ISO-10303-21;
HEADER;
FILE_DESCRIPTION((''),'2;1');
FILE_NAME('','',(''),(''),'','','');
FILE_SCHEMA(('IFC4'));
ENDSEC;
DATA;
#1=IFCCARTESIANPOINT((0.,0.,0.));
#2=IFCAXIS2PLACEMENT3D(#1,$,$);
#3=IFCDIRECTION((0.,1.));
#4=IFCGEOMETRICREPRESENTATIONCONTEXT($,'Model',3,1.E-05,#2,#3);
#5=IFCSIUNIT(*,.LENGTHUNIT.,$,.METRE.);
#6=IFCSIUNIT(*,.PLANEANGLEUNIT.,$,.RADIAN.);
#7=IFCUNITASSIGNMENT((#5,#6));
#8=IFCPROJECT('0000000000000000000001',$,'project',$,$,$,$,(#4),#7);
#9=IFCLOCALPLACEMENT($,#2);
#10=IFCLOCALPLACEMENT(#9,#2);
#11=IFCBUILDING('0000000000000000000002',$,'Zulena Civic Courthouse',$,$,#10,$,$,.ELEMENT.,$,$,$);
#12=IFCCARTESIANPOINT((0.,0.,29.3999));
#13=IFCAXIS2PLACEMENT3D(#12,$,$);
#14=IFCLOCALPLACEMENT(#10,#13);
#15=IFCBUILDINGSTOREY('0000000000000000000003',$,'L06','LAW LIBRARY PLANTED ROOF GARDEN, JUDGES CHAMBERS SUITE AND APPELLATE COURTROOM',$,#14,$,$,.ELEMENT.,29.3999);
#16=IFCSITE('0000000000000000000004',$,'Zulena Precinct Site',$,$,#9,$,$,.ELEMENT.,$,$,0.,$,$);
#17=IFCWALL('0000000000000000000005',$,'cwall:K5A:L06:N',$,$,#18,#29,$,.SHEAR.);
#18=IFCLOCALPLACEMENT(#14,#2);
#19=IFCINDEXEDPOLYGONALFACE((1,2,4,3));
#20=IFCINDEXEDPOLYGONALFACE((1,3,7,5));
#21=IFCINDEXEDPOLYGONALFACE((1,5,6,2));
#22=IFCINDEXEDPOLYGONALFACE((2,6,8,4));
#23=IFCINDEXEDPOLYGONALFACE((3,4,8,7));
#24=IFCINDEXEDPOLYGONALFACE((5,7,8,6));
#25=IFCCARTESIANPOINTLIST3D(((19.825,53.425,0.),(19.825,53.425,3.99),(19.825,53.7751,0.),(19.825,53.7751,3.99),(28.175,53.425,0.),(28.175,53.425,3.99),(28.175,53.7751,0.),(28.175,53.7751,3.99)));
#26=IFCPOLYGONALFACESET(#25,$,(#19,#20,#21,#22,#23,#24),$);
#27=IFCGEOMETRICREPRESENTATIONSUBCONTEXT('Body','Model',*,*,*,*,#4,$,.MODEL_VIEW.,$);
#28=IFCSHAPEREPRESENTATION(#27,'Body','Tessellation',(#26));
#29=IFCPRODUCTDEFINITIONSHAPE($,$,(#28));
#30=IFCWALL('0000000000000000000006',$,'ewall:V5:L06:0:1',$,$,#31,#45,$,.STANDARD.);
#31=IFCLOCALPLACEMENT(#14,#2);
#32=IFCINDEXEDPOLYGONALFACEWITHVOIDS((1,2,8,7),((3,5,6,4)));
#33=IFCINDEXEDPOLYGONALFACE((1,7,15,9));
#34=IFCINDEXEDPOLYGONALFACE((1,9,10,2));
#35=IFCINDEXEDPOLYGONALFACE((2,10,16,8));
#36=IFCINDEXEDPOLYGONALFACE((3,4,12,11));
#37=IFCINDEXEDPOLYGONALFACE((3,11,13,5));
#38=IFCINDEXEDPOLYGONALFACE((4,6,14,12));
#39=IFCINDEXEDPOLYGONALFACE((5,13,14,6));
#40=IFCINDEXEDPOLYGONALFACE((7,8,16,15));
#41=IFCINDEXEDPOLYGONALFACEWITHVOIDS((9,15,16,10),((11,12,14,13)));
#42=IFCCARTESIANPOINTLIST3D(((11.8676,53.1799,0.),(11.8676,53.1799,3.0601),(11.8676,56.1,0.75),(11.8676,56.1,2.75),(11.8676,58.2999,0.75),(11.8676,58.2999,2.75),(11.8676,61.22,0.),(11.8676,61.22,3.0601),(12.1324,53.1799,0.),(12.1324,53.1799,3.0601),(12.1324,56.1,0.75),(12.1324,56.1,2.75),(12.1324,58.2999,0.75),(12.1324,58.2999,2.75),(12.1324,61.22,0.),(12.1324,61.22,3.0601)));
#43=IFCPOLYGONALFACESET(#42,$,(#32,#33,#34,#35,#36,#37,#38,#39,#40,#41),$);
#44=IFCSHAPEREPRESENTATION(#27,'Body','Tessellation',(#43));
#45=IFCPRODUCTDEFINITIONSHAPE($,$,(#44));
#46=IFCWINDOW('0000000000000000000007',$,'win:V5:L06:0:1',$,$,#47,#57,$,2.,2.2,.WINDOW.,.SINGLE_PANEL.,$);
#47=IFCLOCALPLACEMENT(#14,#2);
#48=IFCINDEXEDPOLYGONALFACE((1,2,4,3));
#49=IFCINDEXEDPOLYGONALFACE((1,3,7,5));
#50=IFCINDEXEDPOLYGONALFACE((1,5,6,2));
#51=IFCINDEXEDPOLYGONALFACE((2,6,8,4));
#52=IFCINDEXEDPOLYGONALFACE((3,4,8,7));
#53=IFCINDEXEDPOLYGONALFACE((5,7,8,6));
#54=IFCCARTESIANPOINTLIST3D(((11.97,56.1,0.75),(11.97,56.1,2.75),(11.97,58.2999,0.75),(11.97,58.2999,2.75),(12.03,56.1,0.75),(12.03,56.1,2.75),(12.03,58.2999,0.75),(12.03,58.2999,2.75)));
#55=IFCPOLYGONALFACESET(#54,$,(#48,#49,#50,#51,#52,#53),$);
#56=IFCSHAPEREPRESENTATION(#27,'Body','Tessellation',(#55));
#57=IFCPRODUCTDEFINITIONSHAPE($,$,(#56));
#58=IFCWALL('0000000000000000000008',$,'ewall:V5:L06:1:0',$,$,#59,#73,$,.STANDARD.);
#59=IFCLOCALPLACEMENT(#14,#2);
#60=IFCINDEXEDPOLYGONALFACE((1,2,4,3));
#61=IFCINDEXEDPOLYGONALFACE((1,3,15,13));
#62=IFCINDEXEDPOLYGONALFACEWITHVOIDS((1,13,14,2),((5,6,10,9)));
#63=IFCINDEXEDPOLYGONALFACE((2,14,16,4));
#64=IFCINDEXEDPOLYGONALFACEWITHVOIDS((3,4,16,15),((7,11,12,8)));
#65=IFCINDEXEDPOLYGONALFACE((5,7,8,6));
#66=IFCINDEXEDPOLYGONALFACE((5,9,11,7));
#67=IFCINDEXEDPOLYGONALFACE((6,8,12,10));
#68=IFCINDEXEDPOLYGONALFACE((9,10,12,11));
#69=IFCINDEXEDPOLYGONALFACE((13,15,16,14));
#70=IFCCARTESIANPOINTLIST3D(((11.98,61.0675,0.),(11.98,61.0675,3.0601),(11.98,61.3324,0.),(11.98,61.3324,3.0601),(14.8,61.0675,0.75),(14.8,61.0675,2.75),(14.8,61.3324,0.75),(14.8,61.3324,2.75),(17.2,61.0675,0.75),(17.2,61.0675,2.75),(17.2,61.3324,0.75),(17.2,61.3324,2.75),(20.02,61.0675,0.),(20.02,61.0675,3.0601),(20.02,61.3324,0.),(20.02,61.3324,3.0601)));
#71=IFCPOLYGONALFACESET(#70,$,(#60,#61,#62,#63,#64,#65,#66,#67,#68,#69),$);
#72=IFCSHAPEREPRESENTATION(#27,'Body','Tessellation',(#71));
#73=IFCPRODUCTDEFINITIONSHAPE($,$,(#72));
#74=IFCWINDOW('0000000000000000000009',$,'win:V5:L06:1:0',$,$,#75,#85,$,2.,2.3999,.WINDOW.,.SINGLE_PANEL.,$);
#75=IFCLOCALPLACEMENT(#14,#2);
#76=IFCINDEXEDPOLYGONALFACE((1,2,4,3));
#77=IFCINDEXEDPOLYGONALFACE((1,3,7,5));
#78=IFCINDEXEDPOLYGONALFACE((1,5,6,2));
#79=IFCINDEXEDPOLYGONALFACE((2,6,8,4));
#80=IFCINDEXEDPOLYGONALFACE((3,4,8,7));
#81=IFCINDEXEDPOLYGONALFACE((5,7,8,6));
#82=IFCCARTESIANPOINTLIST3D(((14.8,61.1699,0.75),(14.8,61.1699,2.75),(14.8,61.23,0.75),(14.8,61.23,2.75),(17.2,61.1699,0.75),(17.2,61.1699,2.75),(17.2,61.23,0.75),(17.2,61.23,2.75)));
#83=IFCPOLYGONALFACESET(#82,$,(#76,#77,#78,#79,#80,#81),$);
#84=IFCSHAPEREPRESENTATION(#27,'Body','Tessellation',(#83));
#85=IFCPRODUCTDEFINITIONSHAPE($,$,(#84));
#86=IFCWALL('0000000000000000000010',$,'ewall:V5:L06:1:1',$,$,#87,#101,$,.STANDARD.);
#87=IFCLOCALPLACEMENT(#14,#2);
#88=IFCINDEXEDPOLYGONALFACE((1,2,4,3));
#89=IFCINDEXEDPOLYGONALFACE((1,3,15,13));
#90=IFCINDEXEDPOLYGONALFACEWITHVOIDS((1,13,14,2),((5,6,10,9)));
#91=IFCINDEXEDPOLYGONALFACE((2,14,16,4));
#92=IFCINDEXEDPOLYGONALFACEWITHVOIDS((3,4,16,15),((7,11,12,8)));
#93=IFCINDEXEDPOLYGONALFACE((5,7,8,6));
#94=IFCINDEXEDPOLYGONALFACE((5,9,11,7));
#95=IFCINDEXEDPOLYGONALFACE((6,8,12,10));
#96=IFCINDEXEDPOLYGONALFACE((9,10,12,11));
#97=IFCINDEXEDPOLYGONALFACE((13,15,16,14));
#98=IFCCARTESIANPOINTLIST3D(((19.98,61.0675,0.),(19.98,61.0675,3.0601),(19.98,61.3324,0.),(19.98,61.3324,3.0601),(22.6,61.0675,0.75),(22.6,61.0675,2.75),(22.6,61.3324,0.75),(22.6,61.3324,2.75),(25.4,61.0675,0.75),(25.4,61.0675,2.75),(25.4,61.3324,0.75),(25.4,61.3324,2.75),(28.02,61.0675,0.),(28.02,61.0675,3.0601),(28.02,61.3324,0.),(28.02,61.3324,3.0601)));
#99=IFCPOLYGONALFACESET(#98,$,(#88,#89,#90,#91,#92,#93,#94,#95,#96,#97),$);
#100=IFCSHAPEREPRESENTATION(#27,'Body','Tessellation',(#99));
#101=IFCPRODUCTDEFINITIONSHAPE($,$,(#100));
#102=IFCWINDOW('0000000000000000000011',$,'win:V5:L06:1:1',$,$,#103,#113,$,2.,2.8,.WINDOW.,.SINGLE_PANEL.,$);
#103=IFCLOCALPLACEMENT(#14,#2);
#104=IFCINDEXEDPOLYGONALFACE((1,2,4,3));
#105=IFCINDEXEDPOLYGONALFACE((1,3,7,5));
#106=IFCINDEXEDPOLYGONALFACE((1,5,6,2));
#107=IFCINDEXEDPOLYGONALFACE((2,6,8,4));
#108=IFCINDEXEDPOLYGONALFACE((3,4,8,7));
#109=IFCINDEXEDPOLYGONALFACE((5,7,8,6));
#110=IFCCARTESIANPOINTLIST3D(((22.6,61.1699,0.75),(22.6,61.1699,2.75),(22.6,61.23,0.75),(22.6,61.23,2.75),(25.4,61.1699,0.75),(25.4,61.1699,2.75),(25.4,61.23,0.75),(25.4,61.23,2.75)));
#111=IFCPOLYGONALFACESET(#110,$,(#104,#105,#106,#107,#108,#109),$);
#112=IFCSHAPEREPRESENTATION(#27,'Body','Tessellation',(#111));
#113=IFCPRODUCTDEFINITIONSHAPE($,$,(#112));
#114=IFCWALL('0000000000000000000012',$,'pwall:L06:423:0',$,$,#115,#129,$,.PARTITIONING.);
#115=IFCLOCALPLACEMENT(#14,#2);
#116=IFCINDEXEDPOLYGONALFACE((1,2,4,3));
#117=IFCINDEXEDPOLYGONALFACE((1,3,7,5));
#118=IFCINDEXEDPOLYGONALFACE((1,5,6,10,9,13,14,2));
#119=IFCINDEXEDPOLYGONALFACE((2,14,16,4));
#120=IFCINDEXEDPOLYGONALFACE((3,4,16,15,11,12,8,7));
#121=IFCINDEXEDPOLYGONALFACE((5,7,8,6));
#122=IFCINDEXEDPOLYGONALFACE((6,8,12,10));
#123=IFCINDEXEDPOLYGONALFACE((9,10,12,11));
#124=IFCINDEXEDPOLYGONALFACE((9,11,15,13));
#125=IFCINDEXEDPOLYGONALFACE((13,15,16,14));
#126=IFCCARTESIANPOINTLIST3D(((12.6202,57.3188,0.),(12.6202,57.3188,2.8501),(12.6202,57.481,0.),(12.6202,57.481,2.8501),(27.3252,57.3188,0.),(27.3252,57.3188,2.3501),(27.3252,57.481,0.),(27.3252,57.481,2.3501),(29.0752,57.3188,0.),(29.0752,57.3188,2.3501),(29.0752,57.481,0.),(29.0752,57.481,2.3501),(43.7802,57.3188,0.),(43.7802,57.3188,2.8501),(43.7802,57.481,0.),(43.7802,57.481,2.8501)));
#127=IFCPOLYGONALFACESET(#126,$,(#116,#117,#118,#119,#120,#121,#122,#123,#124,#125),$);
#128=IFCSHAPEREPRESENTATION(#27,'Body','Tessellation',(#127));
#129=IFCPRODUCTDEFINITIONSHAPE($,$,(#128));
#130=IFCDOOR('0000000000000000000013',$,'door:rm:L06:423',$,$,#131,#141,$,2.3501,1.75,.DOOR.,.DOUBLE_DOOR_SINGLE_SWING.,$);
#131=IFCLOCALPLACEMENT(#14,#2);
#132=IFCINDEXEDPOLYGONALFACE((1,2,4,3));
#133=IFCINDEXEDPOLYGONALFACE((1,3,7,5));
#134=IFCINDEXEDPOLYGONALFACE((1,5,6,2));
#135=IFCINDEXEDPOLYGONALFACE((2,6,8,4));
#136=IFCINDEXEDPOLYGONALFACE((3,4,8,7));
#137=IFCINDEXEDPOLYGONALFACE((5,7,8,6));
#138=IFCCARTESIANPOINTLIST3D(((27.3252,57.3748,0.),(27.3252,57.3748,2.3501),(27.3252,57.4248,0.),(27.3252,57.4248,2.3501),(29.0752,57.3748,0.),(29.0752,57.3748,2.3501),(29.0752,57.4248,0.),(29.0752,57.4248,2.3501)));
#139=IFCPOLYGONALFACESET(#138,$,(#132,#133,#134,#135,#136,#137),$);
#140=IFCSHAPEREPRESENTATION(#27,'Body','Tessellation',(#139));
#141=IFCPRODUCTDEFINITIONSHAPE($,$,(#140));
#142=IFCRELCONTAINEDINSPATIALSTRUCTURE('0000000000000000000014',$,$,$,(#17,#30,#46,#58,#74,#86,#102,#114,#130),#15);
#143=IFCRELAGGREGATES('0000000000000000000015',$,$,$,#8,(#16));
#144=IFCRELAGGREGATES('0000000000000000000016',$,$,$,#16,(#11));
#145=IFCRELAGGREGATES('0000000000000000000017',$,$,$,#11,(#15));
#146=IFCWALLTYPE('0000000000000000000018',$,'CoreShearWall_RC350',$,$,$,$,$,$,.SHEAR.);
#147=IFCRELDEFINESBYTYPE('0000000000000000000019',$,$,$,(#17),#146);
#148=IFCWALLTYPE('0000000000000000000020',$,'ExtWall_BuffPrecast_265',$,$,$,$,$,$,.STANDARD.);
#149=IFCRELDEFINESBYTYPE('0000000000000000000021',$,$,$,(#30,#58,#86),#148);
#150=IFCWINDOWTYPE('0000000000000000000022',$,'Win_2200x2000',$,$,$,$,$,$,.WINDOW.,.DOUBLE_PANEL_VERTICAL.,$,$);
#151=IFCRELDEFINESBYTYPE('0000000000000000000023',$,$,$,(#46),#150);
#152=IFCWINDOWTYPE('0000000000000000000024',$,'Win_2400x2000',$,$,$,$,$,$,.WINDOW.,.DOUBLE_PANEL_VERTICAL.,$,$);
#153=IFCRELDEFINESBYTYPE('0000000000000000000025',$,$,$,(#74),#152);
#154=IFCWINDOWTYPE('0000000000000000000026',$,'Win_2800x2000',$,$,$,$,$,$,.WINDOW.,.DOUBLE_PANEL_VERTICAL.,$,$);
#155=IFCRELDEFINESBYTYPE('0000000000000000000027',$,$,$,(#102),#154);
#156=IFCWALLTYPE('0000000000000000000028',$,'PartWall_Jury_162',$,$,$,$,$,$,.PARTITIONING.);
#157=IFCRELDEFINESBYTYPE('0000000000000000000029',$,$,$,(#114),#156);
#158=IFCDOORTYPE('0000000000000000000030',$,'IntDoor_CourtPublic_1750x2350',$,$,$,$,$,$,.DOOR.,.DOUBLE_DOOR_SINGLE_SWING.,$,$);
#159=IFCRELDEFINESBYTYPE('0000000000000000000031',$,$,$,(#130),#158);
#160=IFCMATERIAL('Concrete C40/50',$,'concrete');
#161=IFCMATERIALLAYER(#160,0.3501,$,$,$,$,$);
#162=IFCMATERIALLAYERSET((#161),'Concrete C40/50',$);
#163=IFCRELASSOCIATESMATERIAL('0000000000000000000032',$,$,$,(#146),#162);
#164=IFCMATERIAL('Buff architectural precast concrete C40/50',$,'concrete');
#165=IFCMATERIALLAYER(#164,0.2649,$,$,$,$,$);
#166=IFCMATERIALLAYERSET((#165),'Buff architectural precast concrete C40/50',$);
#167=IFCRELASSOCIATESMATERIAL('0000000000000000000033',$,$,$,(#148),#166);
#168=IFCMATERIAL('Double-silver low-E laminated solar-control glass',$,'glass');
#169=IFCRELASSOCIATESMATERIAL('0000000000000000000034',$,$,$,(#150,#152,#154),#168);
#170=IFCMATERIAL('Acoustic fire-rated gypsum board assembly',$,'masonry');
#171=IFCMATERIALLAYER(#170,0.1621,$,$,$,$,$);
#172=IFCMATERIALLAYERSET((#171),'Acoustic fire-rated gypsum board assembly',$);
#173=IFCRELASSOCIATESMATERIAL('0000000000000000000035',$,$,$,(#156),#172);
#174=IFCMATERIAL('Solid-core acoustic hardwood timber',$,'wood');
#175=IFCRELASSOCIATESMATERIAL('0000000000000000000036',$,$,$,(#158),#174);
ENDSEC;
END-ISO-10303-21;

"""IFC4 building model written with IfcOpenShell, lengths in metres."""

from ifc_helpers import new_model, si_unit, direction, frame, frame_2d, origin, place, context, subcontext, project, spatial, rectangle, extrude, material, layer, layer_set, type_object, element, fill, save


model = new_model("IFC4")

# Units and contexts
model_context = context("Model", 3, precision=1e-05, world=origin(), true_north=direction((0.0, 1.0)))
body_context = subcontext(model_context, "Body", "Model", "MODEL_VIEW")
ifc_project = project(units=[si_unit("LENGTHUNIT", "METRE"), si_unit("PLANEANGLEUNIT", "RADIAN")], contexts=[model_context])

# Site, building, storey
site_placement = place(None, origin())
site = spatial("IfcSite", under=ifc_project, at=site_placement, Name="Zulena Precinct Site", CompositionType="ELEMENT", RefElevation=0.0)
building_placement = place(site_placement, origin())
building = spatial("IfcBuilding", under=site, at=building_placement, Name="Zulena Civic Courthouse", CompositionType="ELEMENT")
storey_placement = place(building_placement, frame((0.0, 0.0, 29.3999)))
storey = spatial("IfcBuildingStorey", under=building, at=storey_placement, Name="L06", Description="LAW LIBRARY PLANTED ROOF GARDEN, JUDGES CHAMBERS SUITE AND APPELLATE COURTROOM", CompositionType="ELEMENT", Elevation=29.3999)

# Wall
ifc_material_1 = material(Name="Concrete C40/50", Category="concrete")
ifc_layer_1 = layer(ifc_material_1, 0.3501)
ifc_layer_set_1 = layer_set([ifc_layer_1], Name="Concrete C40/50")
wall_type_1 = type_object("IfcWallType", Name="CoreShearWall_RC350", PredefinedType="SHEAR", material=ifc_layer_set_1)
wall_1_placement = place(storey_placement, frame((19.825, 53.6001, 0.0), z_axis=(0.0, 0.0, 1.0), x_axis=(1.0, 0.0, 0.0)))
element("IfcWall", 1, at=wall_1_placement, inside=storey, type_object=wall_type_1, Name="cwall:K5A:L06:N", PredefinedType="SHEAR", context=body_context, shape_type="SweptSolid", body=[
    extrude(rectangle(XDim=8.3501, YDim=0.3501, at=frame_2d((4.175, 0.0))), origin(), (0.0, 0.0, 1.0), 3.99),
])

# Walls, openings, windows
ifc_material_2 = material(Name="Buff architectural precast concrete C40/50", Category="concrete")
ifc_layer_2 = layer(ifc_material_2, 0.2649)
ifc_layer_set_2 = layer_set([ifc_layer_2], Name="Buff architectural precast concrete C40/50")
wall_type_2 = type_object("IfcWallType", Name="ExtWall_BuffPrecast_265", PredefinedType="STANDARD", material=ifc_layer_set_2)
wall_2_placement = place(storey_placement, frame((12.0, 53.1799, 0.0), z_axis=(0.0, 0.0, 1.0), x_axis=(0.0, 1.0, 0.0)))
wall_2 = element("IfcWall", 2, at=wall_2_placement, inside=storey, type_object=wall_type_2, Name="ewall:V5:L06:0:1", PredefinedType="STANDARD", context=body_context, shape_type="SweptSolid", body=[
    extrude(rectangle(XDim=8.04, YDim=0.2649, at=frame_2d((4.02, 0.0))), origin(), (0.0, 0.0, 1.0), 3.0601),
])
opening_1_placement = place(wall_2_placement, frame((2.9199, 0.0, 0.75)))
opening_1 = element("IfcOpeningElement", 3, at=opening_1_placement, cuts=wall_2, PredefinedType="OPENING", context=body_context, shape_type="SweptSolid", body=[
    extrude(rectangle(XDim=2.2, YDim=2.0, at=frame_2d((1.1001, 1.0))), frame((0.0, 0.1423, 0.0), z_axis=(0.0, -1.0, 0.0), x_axis=(1.0, 0.0, 0.0)), (0.0, 0.0, 1.0), 0.2849),
])
ifc_material_3 = material(Name="Double-silver low-E laminated solar-control glass", Category="glass")
window_type_1 = type_object("IfcWindowType", Name="Win_2200x2000", PartitioningType="DOUBLE_PANEL_VERTICAL", PredefinedType="WINDOW", material=ifc_material_3)
window_1_placement = place(opening_1_placement, origin())
window_1 = element("IfcWindow", 4, at=window_1_placement, inside=storey, type_object=window_type_1, Name="win:V5:L06:0:1", OverallHeight=2.0, OverallWidth=2.2, PartitioningType="SINGLE_PANEL", PredefinedType="WINDOW", context=body_context, shape_type="SweptSolid", body=[
    extrude(rectangle(XDim=2.2, YDim=2.0, at=frame_2d((1.1001, 1.0))), frame((0.0, 0.03, 0.0), z_axis=(0.0, -1.0, 0.0), x_axis=(1.0, 0.0, 0.0)), (0.0, 0.0, 1.0), 0.0601),
])
fill(opening_1, window_1)
wall_3_placement = place(storey_placement, frame((11.98, 61.2, 0.0), z_axis=(0.0, 0.0, 1.0), x_axis=(1.0, 0.0, 0.0)))
wall_3 = element("IfcWall", 5, at=wall_3_placement, inside=storey, type_object=wall_type_2, Name="ewall:V5:L06:1:0", PredefinedType="STANDARD", context=body_context, shape_type="SweptSolid", body=[
    extrude(rectangle(XDim=8.04, YDim=0.2649, at=frame_2d((4.02, 0.0))), origin(), (0.0, 0.0, 1.0), 3.0601),
])
opening_2_placement = place(wall_3_placement, frame((2.8201, 0.0, 0.75)))
opening_2 = element("IfcOpeningElement", 6, at=opening_2_placement, cuts=wall_3, PredefinedType="OPENING", context=body_context, shape_type="SweptSolid", body=[
    extrude(rectangle(XDim=2.3999, YDim=2.0, at=frame_2d((1.2, 1.0))), frame((0.0, 0.1423, 0.0), z_axis=(0.0, -1.0, 0.0), x_axis=(1.0, 0.0, 0.0)), (0.0, 0.0, 1.0), 0.2849),
])
window_type_2 = type_object("IfcWindowType", Name="Win_2400x2000", PartitioningType="DOUBLE_PANEL_VERTICAL", PredefinedType="WINDOW", material=ifc_material_3)
window_2_placement = place(opening_2_placement, origin())
window_2 = element("IfcWindow", 7, at=window_2_placement, inside=storey, type_object=window_type_2, Name="win:V5:L06:1:0", OverallHeight=2.0, OverallWidth=2.3999, PartitioningType="SINGLE_PANEL", PredefinedType="WINDOW", context=body_context, shape_type="SweptSolid", body=[
    extrude(rectangle(XDim=2.3999, YDim=2.0, at=frame_2d((1.2, 1.0))), frame((0.0, 0.03, 0.0), z_axis=(0.0, -1.0, 0.0), x_axis=(1.0, 0.0, 0.0)), (0.0, 0.0, 1.0), 0.0601),
])
fill(opening_2, window_2)
wall_4_placement = place(storey_placement, frame((19.98, 61.2, 0.0), z_axis=(0.0, 0.0, 1.0), x_axis=(1.0, 0.0, 0.0)))
wall_4 = element("IfcWall", 8, at=wall_4_placement, inside=storey, type_object=wall_type_2, Name="ewall:V5:L06:1:1", PredefinedType="STANDARD", context=body_context, shape_type="SweptSolid", body=[
    extrude(rectangle(XDim=8.04, YDim=0.2649, at=frame_2d((4.02, 0.0))), origin(), (0.0, 0.0, 1.0), 3.0601),
])
opening_3_placement = place(wall_4_placement, frame((2.6201, 0.0, 0.75)))
opening_3 = element("IfcOpeningElement", 9, at=opening_3_placement, cuts=wall_4, PredefinedType="OPENING", context=body_context, shape_type="SweptSolid", body=[
    extrude(rectangle(XDim=2.8, YDim=2.0, at=frame_2d((1.3999, 1.0))), frame((0.0, 0.1423, 0.0), z_axis=(0.0, -1.0, 0.0), x_axis=(1.0, 0.0, 0.0)), (0.0, 0.0, 1.0), 0.2849),
])
window_type_3 = type_object("IfcWindowType", Name="Win_2800x2000", PartitioningType="DOUBLE_PANEL_VERTICAL", PredefinedType="WINDOW", material=ifc_material_3)
window_3_placement = place(opening_3_placement, origin())
window_3 = element("IfcWindow", 10, at=window_3_placement, inside=storey, type_object=window_type_3, Name="win:V5:L06:1:1", OverallHeight=2.0, OverallWidth=2.8, PartitioningType="SINGLE_PANEL", PredefinedType="WINDOW", context=body_context, shape_type="SweptSolid", body=[
    extrude(rectangle(XDim=2.8, YDim=2.0, at=frame_2d((1.3999, 1.0))), frame((0.0, 0.03, 0.0), z_axis=(0.0, -1.0, 0.0), x_axis=(1.0, 0.0, 0.0)), (0.0, 0.0, 1.0), 0.0601),
])
fill(opening_3, window_3)

# Wall, opening, door
ifc_material_4 = material(Name="Acoustic fire-rated gypsum board assembly", Category="masonry")
ifc_layer_3 = layer(ifc_material_4, 0.1621)
ifc_layer_set_3 = layer_set([ifc_layer_3], Name="Acoustic fire-rated gypsum board assembly")
wall_type_3 = type_object("IfcWallType", Name="PartWall_Jury_162", PredefinedType="PARTITIONING", material=ifc_layer_set_3)
wall_5_placement = place(storey_placement, frame((12.6201, 57.3999, 0.0), z_axis=(0.0, 0.0, 1.0), x_axis=(1.0, 0.0, 0.0)))
wall_5 = element("IfcWall", 11, at=wall_5_placement, inside=storey, type_object=wall_type_3, Name="pwall:L06:423:0", PredefinedType="PARTITIONING", context=body_context, shape_type="SweptSolid", body=[
    extrude(rectangle(XDim=31.1599, YDim=0.1621, at=frame_2d((15.5801, 0.0))), origin(), (0.0, 0.0, 1.0), 2.8501),
])
opening_4_placement = place(wall_5_placement, frame((14.7051, 0.0, 0.0)))
opening_4 = element("IfcOpeningElement", 12, at=opening_4_placement, cuts=wall_5, PredefinedType="OPENING", context=body_context, shape_type="SweptSolid", body=[
    extrude(rectangle(XDim=1.75, YDim=2.3501, at=frame_2d((0.875, 1.175))), frame((0.0, 0.0911, 0.0), z_axis=(0.0, -1.0, 0.0), x_axis=(1.0, 0.0, 0.0)), (0.0, 0.0, 1.0), 0.1821),
])
ifc_material_5 = material(Name="Solid-core acoustic hardwood timber", Category="wood")
door_type = type_object("IfcDoorType", Name="IntDoor_CourtPublic_1750x2350", OperationType="DOUBLE_DOOR_SINGLE_SWING", PredefinedType="DOOR", material=ifc_material_5)
door_placement = place(opening_4_placement, origin())
door = element("IfcDoor", 13, at=door_placement, inside=storey, type_object=door_type, Name="door:rm:L06:423", OperationType="DOUBLE_DOOR_SINGLE_SWING", OverallHeight=2.3501, OverallWidth=1.75, PredefinedType="DOOR", context=body_context, shape_type="SweptSolid", body=[
    extrude(rectangle(XDim=1.75, YDim=2.3501, at=frame_2d((0.875, 1.175))), frame((0.0, 0.0249, 0.0), z_axis=(0.0, -1.0, 0.0), x_axis=(1.0, 0.0, 0.0)), (0.0, 0.0, 1.0), 0.05),
])
fill(opening_4, door)

save(model, "model.ifc")
